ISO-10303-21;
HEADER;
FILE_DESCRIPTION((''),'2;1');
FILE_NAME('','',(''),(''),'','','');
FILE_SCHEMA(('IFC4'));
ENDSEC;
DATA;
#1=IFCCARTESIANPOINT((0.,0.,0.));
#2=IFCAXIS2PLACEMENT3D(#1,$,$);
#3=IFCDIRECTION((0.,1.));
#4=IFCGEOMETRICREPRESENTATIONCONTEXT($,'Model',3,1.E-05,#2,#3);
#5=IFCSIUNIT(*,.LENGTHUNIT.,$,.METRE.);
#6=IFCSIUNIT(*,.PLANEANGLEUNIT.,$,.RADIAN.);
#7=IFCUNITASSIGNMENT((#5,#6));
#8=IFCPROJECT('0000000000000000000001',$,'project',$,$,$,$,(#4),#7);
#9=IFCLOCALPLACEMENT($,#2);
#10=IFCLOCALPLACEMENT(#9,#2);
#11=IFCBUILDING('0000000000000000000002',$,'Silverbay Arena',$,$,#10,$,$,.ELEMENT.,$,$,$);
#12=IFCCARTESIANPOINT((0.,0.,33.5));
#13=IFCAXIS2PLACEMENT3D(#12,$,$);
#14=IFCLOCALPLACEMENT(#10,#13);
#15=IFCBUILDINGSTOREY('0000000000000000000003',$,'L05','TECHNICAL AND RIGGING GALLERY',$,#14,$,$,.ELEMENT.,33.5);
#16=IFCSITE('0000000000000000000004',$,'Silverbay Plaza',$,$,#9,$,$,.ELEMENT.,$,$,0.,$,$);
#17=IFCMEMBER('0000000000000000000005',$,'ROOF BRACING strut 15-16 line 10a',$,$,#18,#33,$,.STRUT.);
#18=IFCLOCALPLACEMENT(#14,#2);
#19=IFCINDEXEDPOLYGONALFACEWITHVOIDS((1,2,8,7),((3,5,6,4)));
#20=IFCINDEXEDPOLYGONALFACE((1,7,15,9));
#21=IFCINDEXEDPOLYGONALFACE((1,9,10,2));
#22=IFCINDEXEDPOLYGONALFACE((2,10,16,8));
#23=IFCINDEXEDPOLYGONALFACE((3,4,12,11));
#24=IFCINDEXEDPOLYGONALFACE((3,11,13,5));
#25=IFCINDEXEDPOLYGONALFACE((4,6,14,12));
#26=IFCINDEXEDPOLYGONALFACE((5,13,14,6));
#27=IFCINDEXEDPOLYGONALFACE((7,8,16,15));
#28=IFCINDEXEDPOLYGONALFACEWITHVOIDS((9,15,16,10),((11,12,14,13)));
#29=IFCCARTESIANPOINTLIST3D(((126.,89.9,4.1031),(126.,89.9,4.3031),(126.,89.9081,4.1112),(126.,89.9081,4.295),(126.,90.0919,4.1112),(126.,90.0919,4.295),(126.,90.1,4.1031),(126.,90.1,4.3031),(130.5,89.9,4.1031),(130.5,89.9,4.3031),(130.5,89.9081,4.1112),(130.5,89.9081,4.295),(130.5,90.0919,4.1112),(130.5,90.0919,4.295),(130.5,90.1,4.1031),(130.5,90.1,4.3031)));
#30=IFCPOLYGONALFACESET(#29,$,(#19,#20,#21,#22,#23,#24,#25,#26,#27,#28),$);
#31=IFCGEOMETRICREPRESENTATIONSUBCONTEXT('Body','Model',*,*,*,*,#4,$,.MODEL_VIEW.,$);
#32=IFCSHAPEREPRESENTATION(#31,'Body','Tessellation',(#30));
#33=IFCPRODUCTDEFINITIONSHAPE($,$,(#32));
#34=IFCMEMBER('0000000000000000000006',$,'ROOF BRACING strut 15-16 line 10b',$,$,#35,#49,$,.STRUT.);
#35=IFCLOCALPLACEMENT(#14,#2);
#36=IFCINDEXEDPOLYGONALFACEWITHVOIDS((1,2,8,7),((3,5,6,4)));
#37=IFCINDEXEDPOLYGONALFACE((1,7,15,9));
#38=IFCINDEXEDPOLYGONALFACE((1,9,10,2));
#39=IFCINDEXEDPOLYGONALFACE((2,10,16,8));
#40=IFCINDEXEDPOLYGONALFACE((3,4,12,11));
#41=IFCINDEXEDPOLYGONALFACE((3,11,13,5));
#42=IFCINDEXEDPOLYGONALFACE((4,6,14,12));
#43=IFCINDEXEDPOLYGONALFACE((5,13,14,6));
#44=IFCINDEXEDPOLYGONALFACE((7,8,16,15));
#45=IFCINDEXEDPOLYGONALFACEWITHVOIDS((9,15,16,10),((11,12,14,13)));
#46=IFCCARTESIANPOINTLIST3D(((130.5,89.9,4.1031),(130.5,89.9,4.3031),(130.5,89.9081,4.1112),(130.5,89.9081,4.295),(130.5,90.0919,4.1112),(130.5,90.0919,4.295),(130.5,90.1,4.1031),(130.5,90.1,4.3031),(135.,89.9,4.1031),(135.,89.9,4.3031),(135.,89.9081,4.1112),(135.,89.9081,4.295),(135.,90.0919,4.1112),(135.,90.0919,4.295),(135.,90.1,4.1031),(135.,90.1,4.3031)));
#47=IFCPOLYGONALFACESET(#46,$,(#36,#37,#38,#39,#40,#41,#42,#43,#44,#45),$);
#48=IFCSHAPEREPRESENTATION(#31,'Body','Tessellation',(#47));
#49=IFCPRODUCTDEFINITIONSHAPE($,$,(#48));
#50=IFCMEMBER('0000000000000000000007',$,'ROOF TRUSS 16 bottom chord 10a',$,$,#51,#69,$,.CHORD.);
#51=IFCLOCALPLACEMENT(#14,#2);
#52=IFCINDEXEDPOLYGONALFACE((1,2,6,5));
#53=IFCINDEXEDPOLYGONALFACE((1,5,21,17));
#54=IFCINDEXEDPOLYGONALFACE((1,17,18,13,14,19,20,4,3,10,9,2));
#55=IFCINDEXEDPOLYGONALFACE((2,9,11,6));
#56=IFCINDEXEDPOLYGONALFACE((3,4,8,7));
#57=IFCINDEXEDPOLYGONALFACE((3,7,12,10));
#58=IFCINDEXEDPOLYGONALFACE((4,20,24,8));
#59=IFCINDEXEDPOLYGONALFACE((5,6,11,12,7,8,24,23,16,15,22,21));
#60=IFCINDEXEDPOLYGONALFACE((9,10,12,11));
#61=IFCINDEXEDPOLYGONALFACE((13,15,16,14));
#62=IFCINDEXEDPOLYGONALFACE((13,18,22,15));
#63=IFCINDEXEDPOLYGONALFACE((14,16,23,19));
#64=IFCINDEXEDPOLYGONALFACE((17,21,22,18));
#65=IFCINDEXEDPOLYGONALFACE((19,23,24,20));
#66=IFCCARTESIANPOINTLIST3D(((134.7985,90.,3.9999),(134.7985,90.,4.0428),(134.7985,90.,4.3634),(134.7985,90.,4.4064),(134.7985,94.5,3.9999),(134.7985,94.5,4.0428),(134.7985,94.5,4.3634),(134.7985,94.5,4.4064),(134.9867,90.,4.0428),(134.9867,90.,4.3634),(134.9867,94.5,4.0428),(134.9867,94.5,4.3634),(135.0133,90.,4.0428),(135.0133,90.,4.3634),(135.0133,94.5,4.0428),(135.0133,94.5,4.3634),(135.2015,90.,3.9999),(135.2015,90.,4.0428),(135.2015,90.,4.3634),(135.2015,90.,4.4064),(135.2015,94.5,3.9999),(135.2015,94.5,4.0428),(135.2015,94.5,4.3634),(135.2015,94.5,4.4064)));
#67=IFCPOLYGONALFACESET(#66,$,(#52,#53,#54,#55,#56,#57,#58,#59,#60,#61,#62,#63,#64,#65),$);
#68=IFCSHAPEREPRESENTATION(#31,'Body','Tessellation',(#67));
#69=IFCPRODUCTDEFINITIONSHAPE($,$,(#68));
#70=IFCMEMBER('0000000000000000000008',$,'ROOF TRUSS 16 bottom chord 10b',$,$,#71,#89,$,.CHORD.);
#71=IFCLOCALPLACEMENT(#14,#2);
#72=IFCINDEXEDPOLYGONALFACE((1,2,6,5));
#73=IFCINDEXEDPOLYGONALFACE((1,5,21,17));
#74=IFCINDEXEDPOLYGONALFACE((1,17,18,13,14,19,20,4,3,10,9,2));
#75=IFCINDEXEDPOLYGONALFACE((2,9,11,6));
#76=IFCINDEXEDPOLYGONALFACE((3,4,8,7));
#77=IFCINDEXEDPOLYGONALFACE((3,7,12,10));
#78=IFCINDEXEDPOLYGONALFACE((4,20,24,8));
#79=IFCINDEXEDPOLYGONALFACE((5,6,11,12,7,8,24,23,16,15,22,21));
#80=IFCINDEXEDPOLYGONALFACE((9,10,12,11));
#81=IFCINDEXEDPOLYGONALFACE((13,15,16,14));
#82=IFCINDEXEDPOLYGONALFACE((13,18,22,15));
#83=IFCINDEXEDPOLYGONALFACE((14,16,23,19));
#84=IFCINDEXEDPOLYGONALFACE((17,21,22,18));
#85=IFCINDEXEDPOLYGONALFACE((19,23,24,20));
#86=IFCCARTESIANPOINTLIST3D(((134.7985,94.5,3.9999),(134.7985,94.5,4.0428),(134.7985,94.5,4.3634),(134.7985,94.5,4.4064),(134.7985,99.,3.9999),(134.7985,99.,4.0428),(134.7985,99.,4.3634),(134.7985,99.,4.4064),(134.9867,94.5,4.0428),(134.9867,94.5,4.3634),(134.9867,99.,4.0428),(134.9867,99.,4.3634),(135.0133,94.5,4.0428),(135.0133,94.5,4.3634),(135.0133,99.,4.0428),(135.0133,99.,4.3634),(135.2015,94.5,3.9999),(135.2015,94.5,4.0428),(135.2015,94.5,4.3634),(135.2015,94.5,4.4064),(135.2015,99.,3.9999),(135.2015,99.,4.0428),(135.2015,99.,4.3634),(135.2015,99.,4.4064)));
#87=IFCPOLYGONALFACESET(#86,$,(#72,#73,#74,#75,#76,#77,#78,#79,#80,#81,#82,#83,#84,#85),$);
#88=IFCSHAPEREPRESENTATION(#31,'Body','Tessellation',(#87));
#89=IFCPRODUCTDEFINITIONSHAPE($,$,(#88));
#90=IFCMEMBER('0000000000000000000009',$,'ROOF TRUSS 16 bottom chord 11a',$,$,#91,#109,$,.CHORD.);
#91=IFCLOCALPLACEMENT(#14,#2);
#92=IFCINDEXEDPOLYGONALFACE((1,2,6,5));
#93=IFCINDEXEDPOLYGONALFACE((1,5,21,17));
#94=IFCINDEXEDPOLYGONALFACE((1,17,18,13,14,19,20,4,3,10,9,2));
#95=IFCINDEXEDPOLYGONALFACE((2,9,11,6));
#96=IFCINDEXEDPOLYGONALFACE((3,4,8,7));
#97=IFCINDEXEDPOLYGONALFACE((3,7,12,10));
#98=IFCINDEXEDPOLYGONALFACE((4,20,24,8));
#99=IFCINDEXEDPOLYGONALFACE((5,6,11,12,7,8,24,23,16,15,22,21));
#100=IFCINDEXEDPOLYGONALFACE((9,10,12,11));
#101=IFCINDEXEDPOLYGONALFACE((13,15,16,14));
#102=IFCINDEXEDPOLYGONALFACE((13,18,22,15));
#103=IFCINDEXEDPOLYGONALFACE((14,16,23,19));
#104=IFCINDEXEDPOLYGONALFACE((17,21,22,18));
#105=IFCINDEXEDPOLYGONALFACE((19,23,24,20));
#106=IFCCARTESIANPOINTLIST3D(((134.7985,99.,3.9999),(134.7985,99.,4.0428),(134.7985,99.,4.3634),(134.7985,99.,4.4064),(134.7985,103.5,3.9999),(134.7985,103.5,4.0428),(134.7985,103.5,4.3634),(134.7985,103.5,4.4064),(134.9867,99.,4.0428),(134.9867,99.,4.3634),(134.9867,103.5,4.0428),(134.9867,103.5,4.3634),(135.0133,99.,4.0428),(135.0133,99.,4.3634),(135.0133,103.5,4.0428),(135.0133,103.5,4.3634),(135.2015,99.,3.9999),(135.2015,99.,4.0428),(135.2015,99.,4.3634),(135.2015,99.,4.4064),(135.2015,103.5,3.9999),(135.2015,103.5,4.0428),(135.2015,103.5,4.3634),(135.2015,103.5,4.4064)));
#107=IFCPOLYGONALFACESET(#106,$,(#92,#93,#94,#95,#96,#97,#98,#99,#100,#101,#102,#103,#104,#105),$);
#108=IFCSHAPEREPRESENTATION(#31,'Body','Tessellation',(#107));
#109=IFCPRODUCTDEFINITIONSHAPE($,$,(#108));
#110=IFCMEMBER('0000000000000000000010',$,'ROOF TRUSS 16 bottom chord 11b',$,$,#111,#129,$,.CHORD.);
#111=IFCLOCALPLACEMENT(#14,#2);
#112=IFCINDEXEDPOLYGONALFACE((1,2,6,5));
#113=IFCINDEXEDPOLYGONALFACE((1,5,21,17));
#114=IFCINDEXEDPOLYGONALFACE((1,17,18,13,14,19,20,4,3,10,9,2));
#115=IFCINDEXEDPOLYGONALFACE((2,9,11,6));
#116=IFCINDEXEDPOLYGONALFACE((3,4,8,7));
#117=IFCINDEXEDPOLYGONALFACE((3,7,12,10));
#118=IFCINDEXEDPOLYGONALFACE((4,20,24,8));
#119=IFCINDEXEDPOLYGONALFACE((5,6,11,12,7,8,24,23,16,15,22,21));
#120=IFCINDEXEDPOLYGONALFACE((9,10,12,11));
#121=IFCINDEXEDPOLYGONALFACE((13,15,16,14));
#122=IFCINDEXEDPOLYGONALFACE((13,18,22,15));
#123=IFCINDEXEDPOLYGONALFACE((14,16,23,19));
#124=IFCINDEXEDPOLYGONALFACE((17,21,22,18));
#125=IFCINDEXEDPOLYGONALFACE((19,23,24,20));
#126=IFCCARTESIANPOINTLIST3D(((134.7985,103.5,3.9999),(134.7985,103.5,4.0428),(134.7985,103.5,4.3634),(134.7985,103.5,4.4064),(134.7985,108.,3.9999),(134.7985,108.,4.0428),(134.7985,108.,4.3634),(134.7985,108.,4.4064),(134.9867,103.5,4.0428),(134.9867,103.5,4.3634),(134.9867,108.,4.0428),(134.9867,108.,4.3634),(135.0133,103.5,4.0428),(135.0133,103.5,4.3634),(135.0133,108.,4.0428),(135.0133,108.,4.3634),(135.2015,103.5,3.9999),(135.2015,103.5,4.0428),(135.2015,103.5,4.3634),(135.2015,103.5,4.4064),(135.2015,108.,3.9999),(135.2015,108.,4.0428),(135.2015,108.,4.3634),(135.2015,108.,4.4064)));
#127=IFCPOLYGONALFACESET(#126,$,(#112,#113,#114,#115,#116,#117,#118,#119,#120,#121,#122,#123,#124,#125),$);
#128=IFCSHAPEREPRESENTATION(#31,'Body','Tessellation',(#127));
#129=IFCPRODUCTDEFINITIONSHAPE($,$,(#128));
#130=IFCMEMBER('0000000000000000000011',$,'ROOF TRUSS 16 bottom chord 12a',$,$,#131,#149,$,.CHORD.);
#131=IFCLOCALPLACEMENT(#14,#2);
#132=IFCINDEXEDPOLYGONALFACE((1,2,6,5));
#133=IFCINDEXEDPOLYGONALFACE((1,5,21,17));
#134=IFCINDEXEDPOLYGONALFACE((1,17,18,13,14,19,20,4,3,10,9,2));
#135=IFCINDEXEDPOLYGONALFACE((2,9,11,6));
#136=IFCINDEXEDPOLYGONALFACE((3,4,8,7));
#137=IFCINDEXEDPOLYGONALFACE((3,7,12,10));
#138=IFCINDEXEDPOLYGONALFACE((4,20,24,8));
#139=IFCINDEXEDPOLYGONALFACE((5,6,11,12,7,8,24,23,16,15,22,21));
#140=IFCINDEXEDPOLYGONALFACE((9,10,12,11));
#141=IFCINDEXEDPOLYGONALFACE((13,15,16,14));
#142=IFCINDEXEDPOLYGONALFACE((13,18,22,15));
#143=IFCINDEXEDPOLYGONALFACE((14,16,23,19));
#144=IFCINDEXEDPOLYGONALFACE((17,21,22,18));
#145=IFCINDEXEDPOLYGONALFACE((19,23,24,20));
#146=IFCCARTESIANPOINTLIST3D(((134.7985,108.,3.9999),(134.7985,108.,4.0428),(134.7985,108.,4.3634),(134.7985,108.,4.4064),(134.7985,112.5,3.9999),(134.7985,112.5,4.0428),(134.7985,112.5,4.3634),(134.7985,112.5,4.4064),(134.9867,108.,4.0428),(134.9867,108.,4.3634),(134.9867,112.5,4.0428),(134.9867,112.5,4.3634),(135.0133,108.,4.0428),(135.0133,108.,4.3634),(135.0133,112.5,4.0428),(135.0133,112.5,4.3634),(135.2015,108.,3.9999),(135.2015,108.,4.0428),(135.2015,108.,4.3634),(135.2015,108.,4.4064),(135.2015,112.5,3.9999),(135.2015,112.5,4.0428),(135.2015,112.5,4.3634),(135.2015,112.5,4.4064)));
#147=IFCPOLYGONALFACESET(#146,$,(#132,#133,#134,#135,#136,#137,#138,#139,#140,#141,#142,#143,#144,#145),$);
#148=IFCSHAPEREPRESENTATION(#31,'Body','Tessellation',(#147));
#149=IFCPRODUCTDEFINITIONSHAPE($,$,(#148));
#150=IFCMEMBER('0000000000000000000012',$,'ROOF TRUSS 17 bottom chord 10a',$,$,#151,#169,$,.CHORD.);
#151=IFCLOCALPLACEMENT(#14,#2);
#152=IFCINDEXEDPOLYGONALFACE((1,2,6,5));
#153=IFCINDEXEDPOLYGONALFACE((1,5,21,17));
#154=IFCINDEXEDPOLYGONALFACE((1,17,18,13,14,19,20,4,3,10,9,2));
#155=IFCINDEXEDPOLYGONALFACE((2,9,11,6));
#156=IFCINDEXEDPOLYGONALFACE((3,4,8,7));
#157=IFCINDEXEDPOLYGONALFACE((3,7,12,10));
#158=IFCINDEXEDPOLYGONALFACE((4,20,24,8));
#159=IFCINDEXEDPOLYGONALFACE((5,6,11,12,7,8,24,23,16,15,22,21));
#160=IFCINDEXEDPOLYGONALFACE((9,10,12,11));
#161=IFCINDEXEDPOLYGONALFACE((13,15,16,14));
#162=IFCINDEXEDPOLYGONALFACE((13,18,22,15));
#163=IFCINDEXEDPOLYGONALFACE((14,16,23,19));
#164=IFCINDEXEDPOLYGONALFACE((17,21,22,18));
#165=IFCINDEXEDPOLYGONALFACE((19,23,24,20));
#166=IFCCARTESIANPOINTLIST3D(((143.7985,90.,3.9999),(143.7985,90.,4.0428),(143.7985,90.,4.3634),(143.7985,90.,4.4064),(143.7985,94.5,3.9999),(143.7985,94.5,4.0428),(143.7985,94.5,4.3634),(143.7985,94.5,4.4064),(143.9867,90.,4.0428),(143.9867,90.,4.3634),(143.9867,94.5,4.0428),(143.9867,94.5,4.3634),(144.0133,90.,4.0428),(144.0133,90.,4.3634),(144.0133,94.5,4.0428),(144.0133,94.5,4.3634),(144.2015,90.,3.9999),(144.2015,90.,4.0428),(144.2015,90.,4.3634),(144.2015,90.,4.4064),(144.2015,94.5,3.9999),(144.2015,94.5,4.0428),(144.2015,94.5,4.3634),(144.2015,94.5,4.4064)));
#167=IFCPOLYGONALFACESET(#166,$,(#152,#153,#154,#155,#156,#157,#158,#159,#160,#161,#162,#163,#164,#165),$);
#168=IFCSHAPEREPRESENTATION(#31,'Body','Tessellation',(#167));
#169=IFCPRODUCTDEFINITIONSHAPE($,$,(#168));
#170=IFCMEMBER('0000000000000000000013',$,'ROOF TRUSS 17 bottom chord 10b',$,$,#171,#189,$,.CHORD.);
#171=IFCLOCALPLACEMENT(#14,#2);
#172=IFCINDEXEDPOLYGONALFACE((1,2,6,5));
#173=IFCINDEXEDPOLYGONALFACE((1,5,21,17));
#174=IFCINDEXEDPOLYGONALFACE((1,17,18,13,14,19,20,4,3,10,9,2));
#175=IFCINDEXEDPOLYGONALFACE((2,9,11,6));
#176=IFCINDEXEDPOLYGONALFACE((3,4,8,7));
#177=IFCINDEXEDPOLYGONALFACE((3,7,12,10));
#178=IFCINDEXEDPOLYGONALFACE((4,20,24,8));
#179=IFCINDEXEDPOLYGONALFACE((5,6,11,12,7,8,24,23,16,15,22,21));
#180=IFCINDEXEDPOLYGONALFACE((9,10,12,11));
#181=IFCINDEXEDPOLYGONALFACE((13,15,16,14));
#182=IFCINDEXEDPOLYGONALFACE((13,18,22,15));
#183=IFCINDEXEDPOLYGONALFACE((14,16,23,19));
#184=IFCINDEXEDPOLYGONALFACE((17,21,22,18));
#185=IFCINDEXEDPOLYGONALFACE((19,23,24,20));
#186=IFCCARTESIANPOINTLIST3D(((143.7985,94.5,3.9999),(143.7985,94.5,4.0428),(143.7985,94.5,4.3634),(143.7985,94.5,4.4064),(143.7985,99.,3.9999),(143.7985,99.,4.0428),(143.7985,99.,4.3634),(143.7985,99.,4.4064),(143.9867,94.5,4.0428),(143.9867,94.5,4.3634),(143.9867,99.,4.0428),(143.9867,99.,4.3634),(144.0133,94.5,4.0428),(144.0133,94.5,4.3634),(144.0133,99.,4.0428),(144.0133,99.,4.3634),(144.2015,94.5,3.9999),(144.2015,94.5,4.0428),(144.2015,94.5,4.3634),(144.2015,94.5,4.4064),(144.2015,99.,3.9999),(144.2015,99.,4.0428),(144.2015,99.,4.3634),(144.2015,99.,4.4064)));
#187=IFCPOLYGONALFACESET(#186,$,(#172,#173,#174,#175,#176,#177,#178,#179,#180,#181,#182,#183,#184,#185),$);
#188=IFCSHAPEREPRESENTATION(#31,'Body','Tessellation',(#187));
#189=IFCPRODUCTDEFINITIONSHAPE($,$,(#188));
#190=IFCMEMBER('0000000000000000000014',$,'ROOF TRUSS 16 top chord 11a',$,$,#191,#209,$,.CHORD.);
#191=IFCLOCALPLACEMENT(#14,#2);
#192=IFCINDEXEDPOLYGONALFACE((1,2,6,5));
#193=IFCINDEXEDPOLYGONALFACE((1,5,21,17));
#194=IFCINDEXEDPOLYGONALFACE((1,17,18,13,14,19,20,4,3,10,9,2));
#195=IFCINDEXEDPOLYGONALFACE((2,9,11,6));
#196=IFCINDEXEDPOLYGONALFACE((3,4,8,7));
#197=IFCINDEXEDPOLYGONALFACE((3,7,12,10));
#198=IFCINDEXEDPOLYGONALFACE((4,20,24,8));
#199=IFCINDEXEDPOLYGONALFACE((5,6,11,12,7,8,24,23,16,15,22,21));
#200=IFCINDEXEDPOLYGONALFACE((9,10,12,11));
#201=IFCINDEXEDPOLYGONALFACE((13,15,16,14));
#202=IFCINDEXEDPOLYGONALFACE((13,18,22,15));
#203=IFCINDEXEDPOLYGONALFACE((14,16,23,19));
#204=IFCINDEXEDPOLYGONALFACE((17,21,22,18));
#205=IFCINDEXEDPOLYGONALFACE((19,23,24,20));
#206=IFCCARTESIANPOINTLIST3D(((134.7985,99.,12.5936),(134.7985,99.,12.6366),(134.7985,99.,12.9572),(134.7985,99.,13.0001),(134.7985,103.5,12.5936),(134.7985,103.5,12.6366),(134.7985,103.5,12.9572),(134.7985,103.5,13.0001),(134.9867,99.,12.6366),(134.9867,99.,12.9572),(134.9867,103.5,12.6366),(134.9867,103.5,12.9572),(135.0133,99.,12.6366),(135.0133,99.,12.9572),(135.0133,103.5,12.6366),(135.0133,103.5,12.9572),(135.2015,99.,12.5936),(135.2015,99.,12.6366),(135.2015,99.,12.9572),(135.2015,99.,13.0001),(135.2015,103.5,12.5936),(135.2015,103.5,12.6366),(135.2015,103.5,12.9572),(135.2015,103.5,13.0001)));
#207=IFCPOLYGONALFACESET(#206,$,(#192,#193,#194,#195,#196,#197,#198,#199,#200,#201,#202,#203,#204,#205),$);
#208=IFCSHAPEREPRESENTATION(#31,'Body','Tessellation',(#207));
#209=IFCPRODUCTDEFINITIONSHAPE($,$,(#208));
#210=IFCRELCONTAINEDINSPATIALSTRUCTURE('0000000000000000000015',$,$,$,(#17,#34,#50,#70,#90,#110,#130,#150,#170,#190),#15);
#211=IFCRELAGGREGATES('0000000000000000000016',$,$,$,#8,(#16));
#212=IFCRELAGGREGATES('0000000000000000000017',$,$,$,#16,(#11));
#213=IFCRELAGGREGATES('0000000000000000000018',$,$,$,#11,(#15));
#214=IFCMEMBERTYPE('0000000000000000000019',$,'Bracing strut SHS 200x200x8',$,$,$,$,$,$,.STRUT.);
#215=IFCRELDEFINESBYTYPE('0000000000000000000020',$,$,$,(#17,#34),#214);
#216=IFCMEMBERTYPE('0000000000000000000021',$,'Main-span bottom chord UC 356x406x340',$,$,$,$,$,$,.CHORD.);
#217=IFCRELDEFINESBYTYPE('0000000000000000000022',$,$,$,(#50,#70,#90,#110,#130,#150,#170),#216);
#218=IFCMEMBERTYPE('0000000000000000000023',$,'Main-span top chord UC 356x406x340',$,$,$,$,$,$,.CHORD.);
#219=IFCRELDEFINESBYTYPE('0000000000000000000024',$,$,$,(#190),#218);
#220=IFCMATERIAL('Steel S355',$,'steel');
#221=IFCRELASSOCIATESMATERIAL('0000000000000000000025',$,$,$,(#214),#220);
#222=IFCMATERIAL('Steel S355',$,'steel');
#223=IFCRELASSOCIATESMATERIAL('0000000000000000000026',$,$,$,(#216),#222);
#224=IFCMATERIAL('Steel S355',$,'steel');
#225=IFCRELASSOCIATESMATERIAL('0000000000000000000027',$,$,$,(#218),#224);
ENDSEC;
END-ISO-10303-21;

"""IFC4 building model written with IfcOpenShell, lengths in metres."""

from ifc_helpers import new_model, si_unit, direction, frame, origin, origin_2d, place, context, subcontext, project, spatial, hollow_rectangle, i_section, extrude, material, material_profile, profile_set, type_object, element, save


model = new_model("IFC4")

# Units and contexts
model_context = context("Model", 3, precision=1e-05, world=origin(), true_north=direction((0.0, 1.0)))
body_context = subcontext(model_context, "Body", "Model", "MODEL_VIEW")
ifc_project = project(units=[si_unit("LENGTHUNIT", "METRE"), si_unit("PLANEANGLEUNIT", "RADIAN")], contexts=[model_context])

# Site, building, storey
site_placement = place(None, origin())
site = spatial("IfcSite", under=ifc_project, at=site_placement, Name="Silverbay Plaza", CompositionType="ELEMENT", RefElevation=0.0)
building_placement = place(site_placement, origin())
building = spatial("IfcBuilding", under=site, at=building_placement, Name="Silverbay Arena", CompositionType="ELEMENT")
storey_placement = place(building_placement, frame((0.0, 0.0, 33.5)))
storey = spatial("IfcBuildingStorey", under=building, at=storey_placement, Name="L05", Description="TECHNICAL AND RIGGING GALLERY", CompositionType="ELEMENT", Elevation=33.5)

# Members
ifc_material_1 = material(Name="Steel S355", Category="steel")
ifc_material_profile_1 = material_profile(ifc_material_1, hollow_rectangle(XDim=0.2, YDim=0.2, WallThickness=0.0081, at=origin_2d()), Name="SHS 200x200x8")
ifc_profile_set_1 = profile_set([ifc_material_profile_1], Name="Steel S355")
member_type_1 = type_object("IfcMemberType", Name="Bracing strut SHS 200x200x8", PredefinedType="STRUT", material=ifc_profile_set_1)
for number, where, z_axis, x_axis, name in (
    (1, (126.0, 90.0, 4.2031), (1.0, 0.0, 0.0), (0.0, 1.0, 0.0), "ROOF BRACING strut 15-16 line 10a"),
    (2, (130.5, 90.0, 4.2031), (1.0, 0.0, 0.0), (0.0, 1.0, 0.0), "ROOF BRACING strut 15-16 line 10b"),
):
    element("IfcMember", number, at=place(storey_placement, frame(where, z_axis=z_axis, x_axis=x_axis)), inside=storey, type_object=member_type_1, Name=name, PredefinedType="STRUT", context=body_context, shape_type="SweptSolid", body=[
        extrude(hollow_rectangle(XDim=0.2, YDim=0.2, WallThickness=0.0081, at=origin_2d()), origin(), (0.0, 0.0, 1.0), 4.5),
    ])
ifc_material_2 = material(Name="Steel S355", Category="steel")
ifc_material_profile_2 = material_profile(ifc_material_2, i_section(OverallWidth=0.4031, OverallDepth=0.4065, WebThickness=0.0266, FlangeThickness=0.043, at=origin_2d()), Name="UC 356x406x340")
ifc_profile_set_2 = profile_set([ifc_material_profile_2], Name="Steel S355")
member_type_2 = type_object("IfcMemberType", Name="Main-span bottom chord UC 356x406x340", PredefinedType="CHORD", material=ifc_profile_set_2)
for number, where, z_axis, x_axis, name in (
    (3, (135.0, 90.0, 4.2031), (0.0, 1.0, 0.0), (-1.0, 0.0, 0.0), "ROOF TRUSS 16 bottom chord 10a"),
    (4, (135.0, 94.5, 4.2031), (0.0, 1.0, 0.0), (-1.0, 0.0, 0.0), "ROOF TRUSS 16 bottom chord 10b"),
    (5, (135.0, 99.0, 4.2031), (0.0, 1.0, 0.0), (-1.0, 0.0, 0.0), "ROOF TRUSS 16 bottom chord 11a"),
    (6, (135.0, 103.5, 4.2031), (0.0, 1.0, 0.0), (-1.0, 0.0, 0.0), "ROOF TRUSS 16 bottom chord 11b"),
    (7, (135.0, 108.0, 4.2031), (0.0, 1.0, 0.0), (-1.0, 0.0, 0.0), "ROOF TRUSS 16 bottom chord 12a"),
    (8, (144.0, 90.0, 4.2031), (0.0, 1.0, 0.0), (-1.0, 0.0, 0.0), "ROOF TRUSS 17 bottom chord 10a"),
    (9, (144.0, 94.5, 4.2031), (0.0, 1.0, 0.0), (-1.0, 0.0, 0.0), "ROOF TRUSS 17 bottom chord 10b"),
):
    element("IfcMember", number, at=place(storey_placement, frame(where, z_axis=z_axis, x_axis=x_axis)), inside=storey, type_object=member_type_2, Name=name, PredefinedType="CHORD", context=body_context, shape_type="SweptSolid", body=[
        extrude(i_section(OverallWidth=0.4031, OverallDepth=0.4065, WebThickness=0.0266, FlangeThickness=0.043, at=origin_2d()), origin(), (0.0, 0.0, 1.0), 4.5),
    ])
ifc_material_3 = material(Name="Steel S355", Category="steel")
ifc_material_profile_3 = material_profile(ifc_material_3, i_section(OverallWidth=0.4031, OverallDepth=0.4065, WebThickness=0.0266, FlangeThickness=0.043, at=origin_2d()), Name="UC 356x406x340")
ifc_profile_set_3 = profile_set([ifc_material_profile_3], Name="Steel S355")
member_type_3 = type_object("IfcMemberType", Name="Main-span top chord UC 356x406x340", PredefinedType="CHORD", material=ifc_profile_set_3)
for number, where, z_axis, x_axis, name in (
    (10, (135.0, 99.0, 12.7969), (0.0, 1.0, 0.0), (-1.0, 0.0, 0.0), "ROOF TRUSS 16 top chord 11a"),
):
    element("IfcMember", number, at=place(storey_placement, frame(where, z_axis=z_axis, x_axis=x_axis)), inside=storey, type_object=member_type_3, Name=name, PredefinedType="CHORD", context=body_context, shape_type="SweptSolid", body=[
        extrude(i_section(OverallWidth=0.4031, OverallDepth=0.4065, WebThickness=0.0266, FlangeThickness=0.043, at=origin_2d()), origin(), (0.0, 0.0, 1.0), 4.5),
    ])

save(model, "model.ifc")
